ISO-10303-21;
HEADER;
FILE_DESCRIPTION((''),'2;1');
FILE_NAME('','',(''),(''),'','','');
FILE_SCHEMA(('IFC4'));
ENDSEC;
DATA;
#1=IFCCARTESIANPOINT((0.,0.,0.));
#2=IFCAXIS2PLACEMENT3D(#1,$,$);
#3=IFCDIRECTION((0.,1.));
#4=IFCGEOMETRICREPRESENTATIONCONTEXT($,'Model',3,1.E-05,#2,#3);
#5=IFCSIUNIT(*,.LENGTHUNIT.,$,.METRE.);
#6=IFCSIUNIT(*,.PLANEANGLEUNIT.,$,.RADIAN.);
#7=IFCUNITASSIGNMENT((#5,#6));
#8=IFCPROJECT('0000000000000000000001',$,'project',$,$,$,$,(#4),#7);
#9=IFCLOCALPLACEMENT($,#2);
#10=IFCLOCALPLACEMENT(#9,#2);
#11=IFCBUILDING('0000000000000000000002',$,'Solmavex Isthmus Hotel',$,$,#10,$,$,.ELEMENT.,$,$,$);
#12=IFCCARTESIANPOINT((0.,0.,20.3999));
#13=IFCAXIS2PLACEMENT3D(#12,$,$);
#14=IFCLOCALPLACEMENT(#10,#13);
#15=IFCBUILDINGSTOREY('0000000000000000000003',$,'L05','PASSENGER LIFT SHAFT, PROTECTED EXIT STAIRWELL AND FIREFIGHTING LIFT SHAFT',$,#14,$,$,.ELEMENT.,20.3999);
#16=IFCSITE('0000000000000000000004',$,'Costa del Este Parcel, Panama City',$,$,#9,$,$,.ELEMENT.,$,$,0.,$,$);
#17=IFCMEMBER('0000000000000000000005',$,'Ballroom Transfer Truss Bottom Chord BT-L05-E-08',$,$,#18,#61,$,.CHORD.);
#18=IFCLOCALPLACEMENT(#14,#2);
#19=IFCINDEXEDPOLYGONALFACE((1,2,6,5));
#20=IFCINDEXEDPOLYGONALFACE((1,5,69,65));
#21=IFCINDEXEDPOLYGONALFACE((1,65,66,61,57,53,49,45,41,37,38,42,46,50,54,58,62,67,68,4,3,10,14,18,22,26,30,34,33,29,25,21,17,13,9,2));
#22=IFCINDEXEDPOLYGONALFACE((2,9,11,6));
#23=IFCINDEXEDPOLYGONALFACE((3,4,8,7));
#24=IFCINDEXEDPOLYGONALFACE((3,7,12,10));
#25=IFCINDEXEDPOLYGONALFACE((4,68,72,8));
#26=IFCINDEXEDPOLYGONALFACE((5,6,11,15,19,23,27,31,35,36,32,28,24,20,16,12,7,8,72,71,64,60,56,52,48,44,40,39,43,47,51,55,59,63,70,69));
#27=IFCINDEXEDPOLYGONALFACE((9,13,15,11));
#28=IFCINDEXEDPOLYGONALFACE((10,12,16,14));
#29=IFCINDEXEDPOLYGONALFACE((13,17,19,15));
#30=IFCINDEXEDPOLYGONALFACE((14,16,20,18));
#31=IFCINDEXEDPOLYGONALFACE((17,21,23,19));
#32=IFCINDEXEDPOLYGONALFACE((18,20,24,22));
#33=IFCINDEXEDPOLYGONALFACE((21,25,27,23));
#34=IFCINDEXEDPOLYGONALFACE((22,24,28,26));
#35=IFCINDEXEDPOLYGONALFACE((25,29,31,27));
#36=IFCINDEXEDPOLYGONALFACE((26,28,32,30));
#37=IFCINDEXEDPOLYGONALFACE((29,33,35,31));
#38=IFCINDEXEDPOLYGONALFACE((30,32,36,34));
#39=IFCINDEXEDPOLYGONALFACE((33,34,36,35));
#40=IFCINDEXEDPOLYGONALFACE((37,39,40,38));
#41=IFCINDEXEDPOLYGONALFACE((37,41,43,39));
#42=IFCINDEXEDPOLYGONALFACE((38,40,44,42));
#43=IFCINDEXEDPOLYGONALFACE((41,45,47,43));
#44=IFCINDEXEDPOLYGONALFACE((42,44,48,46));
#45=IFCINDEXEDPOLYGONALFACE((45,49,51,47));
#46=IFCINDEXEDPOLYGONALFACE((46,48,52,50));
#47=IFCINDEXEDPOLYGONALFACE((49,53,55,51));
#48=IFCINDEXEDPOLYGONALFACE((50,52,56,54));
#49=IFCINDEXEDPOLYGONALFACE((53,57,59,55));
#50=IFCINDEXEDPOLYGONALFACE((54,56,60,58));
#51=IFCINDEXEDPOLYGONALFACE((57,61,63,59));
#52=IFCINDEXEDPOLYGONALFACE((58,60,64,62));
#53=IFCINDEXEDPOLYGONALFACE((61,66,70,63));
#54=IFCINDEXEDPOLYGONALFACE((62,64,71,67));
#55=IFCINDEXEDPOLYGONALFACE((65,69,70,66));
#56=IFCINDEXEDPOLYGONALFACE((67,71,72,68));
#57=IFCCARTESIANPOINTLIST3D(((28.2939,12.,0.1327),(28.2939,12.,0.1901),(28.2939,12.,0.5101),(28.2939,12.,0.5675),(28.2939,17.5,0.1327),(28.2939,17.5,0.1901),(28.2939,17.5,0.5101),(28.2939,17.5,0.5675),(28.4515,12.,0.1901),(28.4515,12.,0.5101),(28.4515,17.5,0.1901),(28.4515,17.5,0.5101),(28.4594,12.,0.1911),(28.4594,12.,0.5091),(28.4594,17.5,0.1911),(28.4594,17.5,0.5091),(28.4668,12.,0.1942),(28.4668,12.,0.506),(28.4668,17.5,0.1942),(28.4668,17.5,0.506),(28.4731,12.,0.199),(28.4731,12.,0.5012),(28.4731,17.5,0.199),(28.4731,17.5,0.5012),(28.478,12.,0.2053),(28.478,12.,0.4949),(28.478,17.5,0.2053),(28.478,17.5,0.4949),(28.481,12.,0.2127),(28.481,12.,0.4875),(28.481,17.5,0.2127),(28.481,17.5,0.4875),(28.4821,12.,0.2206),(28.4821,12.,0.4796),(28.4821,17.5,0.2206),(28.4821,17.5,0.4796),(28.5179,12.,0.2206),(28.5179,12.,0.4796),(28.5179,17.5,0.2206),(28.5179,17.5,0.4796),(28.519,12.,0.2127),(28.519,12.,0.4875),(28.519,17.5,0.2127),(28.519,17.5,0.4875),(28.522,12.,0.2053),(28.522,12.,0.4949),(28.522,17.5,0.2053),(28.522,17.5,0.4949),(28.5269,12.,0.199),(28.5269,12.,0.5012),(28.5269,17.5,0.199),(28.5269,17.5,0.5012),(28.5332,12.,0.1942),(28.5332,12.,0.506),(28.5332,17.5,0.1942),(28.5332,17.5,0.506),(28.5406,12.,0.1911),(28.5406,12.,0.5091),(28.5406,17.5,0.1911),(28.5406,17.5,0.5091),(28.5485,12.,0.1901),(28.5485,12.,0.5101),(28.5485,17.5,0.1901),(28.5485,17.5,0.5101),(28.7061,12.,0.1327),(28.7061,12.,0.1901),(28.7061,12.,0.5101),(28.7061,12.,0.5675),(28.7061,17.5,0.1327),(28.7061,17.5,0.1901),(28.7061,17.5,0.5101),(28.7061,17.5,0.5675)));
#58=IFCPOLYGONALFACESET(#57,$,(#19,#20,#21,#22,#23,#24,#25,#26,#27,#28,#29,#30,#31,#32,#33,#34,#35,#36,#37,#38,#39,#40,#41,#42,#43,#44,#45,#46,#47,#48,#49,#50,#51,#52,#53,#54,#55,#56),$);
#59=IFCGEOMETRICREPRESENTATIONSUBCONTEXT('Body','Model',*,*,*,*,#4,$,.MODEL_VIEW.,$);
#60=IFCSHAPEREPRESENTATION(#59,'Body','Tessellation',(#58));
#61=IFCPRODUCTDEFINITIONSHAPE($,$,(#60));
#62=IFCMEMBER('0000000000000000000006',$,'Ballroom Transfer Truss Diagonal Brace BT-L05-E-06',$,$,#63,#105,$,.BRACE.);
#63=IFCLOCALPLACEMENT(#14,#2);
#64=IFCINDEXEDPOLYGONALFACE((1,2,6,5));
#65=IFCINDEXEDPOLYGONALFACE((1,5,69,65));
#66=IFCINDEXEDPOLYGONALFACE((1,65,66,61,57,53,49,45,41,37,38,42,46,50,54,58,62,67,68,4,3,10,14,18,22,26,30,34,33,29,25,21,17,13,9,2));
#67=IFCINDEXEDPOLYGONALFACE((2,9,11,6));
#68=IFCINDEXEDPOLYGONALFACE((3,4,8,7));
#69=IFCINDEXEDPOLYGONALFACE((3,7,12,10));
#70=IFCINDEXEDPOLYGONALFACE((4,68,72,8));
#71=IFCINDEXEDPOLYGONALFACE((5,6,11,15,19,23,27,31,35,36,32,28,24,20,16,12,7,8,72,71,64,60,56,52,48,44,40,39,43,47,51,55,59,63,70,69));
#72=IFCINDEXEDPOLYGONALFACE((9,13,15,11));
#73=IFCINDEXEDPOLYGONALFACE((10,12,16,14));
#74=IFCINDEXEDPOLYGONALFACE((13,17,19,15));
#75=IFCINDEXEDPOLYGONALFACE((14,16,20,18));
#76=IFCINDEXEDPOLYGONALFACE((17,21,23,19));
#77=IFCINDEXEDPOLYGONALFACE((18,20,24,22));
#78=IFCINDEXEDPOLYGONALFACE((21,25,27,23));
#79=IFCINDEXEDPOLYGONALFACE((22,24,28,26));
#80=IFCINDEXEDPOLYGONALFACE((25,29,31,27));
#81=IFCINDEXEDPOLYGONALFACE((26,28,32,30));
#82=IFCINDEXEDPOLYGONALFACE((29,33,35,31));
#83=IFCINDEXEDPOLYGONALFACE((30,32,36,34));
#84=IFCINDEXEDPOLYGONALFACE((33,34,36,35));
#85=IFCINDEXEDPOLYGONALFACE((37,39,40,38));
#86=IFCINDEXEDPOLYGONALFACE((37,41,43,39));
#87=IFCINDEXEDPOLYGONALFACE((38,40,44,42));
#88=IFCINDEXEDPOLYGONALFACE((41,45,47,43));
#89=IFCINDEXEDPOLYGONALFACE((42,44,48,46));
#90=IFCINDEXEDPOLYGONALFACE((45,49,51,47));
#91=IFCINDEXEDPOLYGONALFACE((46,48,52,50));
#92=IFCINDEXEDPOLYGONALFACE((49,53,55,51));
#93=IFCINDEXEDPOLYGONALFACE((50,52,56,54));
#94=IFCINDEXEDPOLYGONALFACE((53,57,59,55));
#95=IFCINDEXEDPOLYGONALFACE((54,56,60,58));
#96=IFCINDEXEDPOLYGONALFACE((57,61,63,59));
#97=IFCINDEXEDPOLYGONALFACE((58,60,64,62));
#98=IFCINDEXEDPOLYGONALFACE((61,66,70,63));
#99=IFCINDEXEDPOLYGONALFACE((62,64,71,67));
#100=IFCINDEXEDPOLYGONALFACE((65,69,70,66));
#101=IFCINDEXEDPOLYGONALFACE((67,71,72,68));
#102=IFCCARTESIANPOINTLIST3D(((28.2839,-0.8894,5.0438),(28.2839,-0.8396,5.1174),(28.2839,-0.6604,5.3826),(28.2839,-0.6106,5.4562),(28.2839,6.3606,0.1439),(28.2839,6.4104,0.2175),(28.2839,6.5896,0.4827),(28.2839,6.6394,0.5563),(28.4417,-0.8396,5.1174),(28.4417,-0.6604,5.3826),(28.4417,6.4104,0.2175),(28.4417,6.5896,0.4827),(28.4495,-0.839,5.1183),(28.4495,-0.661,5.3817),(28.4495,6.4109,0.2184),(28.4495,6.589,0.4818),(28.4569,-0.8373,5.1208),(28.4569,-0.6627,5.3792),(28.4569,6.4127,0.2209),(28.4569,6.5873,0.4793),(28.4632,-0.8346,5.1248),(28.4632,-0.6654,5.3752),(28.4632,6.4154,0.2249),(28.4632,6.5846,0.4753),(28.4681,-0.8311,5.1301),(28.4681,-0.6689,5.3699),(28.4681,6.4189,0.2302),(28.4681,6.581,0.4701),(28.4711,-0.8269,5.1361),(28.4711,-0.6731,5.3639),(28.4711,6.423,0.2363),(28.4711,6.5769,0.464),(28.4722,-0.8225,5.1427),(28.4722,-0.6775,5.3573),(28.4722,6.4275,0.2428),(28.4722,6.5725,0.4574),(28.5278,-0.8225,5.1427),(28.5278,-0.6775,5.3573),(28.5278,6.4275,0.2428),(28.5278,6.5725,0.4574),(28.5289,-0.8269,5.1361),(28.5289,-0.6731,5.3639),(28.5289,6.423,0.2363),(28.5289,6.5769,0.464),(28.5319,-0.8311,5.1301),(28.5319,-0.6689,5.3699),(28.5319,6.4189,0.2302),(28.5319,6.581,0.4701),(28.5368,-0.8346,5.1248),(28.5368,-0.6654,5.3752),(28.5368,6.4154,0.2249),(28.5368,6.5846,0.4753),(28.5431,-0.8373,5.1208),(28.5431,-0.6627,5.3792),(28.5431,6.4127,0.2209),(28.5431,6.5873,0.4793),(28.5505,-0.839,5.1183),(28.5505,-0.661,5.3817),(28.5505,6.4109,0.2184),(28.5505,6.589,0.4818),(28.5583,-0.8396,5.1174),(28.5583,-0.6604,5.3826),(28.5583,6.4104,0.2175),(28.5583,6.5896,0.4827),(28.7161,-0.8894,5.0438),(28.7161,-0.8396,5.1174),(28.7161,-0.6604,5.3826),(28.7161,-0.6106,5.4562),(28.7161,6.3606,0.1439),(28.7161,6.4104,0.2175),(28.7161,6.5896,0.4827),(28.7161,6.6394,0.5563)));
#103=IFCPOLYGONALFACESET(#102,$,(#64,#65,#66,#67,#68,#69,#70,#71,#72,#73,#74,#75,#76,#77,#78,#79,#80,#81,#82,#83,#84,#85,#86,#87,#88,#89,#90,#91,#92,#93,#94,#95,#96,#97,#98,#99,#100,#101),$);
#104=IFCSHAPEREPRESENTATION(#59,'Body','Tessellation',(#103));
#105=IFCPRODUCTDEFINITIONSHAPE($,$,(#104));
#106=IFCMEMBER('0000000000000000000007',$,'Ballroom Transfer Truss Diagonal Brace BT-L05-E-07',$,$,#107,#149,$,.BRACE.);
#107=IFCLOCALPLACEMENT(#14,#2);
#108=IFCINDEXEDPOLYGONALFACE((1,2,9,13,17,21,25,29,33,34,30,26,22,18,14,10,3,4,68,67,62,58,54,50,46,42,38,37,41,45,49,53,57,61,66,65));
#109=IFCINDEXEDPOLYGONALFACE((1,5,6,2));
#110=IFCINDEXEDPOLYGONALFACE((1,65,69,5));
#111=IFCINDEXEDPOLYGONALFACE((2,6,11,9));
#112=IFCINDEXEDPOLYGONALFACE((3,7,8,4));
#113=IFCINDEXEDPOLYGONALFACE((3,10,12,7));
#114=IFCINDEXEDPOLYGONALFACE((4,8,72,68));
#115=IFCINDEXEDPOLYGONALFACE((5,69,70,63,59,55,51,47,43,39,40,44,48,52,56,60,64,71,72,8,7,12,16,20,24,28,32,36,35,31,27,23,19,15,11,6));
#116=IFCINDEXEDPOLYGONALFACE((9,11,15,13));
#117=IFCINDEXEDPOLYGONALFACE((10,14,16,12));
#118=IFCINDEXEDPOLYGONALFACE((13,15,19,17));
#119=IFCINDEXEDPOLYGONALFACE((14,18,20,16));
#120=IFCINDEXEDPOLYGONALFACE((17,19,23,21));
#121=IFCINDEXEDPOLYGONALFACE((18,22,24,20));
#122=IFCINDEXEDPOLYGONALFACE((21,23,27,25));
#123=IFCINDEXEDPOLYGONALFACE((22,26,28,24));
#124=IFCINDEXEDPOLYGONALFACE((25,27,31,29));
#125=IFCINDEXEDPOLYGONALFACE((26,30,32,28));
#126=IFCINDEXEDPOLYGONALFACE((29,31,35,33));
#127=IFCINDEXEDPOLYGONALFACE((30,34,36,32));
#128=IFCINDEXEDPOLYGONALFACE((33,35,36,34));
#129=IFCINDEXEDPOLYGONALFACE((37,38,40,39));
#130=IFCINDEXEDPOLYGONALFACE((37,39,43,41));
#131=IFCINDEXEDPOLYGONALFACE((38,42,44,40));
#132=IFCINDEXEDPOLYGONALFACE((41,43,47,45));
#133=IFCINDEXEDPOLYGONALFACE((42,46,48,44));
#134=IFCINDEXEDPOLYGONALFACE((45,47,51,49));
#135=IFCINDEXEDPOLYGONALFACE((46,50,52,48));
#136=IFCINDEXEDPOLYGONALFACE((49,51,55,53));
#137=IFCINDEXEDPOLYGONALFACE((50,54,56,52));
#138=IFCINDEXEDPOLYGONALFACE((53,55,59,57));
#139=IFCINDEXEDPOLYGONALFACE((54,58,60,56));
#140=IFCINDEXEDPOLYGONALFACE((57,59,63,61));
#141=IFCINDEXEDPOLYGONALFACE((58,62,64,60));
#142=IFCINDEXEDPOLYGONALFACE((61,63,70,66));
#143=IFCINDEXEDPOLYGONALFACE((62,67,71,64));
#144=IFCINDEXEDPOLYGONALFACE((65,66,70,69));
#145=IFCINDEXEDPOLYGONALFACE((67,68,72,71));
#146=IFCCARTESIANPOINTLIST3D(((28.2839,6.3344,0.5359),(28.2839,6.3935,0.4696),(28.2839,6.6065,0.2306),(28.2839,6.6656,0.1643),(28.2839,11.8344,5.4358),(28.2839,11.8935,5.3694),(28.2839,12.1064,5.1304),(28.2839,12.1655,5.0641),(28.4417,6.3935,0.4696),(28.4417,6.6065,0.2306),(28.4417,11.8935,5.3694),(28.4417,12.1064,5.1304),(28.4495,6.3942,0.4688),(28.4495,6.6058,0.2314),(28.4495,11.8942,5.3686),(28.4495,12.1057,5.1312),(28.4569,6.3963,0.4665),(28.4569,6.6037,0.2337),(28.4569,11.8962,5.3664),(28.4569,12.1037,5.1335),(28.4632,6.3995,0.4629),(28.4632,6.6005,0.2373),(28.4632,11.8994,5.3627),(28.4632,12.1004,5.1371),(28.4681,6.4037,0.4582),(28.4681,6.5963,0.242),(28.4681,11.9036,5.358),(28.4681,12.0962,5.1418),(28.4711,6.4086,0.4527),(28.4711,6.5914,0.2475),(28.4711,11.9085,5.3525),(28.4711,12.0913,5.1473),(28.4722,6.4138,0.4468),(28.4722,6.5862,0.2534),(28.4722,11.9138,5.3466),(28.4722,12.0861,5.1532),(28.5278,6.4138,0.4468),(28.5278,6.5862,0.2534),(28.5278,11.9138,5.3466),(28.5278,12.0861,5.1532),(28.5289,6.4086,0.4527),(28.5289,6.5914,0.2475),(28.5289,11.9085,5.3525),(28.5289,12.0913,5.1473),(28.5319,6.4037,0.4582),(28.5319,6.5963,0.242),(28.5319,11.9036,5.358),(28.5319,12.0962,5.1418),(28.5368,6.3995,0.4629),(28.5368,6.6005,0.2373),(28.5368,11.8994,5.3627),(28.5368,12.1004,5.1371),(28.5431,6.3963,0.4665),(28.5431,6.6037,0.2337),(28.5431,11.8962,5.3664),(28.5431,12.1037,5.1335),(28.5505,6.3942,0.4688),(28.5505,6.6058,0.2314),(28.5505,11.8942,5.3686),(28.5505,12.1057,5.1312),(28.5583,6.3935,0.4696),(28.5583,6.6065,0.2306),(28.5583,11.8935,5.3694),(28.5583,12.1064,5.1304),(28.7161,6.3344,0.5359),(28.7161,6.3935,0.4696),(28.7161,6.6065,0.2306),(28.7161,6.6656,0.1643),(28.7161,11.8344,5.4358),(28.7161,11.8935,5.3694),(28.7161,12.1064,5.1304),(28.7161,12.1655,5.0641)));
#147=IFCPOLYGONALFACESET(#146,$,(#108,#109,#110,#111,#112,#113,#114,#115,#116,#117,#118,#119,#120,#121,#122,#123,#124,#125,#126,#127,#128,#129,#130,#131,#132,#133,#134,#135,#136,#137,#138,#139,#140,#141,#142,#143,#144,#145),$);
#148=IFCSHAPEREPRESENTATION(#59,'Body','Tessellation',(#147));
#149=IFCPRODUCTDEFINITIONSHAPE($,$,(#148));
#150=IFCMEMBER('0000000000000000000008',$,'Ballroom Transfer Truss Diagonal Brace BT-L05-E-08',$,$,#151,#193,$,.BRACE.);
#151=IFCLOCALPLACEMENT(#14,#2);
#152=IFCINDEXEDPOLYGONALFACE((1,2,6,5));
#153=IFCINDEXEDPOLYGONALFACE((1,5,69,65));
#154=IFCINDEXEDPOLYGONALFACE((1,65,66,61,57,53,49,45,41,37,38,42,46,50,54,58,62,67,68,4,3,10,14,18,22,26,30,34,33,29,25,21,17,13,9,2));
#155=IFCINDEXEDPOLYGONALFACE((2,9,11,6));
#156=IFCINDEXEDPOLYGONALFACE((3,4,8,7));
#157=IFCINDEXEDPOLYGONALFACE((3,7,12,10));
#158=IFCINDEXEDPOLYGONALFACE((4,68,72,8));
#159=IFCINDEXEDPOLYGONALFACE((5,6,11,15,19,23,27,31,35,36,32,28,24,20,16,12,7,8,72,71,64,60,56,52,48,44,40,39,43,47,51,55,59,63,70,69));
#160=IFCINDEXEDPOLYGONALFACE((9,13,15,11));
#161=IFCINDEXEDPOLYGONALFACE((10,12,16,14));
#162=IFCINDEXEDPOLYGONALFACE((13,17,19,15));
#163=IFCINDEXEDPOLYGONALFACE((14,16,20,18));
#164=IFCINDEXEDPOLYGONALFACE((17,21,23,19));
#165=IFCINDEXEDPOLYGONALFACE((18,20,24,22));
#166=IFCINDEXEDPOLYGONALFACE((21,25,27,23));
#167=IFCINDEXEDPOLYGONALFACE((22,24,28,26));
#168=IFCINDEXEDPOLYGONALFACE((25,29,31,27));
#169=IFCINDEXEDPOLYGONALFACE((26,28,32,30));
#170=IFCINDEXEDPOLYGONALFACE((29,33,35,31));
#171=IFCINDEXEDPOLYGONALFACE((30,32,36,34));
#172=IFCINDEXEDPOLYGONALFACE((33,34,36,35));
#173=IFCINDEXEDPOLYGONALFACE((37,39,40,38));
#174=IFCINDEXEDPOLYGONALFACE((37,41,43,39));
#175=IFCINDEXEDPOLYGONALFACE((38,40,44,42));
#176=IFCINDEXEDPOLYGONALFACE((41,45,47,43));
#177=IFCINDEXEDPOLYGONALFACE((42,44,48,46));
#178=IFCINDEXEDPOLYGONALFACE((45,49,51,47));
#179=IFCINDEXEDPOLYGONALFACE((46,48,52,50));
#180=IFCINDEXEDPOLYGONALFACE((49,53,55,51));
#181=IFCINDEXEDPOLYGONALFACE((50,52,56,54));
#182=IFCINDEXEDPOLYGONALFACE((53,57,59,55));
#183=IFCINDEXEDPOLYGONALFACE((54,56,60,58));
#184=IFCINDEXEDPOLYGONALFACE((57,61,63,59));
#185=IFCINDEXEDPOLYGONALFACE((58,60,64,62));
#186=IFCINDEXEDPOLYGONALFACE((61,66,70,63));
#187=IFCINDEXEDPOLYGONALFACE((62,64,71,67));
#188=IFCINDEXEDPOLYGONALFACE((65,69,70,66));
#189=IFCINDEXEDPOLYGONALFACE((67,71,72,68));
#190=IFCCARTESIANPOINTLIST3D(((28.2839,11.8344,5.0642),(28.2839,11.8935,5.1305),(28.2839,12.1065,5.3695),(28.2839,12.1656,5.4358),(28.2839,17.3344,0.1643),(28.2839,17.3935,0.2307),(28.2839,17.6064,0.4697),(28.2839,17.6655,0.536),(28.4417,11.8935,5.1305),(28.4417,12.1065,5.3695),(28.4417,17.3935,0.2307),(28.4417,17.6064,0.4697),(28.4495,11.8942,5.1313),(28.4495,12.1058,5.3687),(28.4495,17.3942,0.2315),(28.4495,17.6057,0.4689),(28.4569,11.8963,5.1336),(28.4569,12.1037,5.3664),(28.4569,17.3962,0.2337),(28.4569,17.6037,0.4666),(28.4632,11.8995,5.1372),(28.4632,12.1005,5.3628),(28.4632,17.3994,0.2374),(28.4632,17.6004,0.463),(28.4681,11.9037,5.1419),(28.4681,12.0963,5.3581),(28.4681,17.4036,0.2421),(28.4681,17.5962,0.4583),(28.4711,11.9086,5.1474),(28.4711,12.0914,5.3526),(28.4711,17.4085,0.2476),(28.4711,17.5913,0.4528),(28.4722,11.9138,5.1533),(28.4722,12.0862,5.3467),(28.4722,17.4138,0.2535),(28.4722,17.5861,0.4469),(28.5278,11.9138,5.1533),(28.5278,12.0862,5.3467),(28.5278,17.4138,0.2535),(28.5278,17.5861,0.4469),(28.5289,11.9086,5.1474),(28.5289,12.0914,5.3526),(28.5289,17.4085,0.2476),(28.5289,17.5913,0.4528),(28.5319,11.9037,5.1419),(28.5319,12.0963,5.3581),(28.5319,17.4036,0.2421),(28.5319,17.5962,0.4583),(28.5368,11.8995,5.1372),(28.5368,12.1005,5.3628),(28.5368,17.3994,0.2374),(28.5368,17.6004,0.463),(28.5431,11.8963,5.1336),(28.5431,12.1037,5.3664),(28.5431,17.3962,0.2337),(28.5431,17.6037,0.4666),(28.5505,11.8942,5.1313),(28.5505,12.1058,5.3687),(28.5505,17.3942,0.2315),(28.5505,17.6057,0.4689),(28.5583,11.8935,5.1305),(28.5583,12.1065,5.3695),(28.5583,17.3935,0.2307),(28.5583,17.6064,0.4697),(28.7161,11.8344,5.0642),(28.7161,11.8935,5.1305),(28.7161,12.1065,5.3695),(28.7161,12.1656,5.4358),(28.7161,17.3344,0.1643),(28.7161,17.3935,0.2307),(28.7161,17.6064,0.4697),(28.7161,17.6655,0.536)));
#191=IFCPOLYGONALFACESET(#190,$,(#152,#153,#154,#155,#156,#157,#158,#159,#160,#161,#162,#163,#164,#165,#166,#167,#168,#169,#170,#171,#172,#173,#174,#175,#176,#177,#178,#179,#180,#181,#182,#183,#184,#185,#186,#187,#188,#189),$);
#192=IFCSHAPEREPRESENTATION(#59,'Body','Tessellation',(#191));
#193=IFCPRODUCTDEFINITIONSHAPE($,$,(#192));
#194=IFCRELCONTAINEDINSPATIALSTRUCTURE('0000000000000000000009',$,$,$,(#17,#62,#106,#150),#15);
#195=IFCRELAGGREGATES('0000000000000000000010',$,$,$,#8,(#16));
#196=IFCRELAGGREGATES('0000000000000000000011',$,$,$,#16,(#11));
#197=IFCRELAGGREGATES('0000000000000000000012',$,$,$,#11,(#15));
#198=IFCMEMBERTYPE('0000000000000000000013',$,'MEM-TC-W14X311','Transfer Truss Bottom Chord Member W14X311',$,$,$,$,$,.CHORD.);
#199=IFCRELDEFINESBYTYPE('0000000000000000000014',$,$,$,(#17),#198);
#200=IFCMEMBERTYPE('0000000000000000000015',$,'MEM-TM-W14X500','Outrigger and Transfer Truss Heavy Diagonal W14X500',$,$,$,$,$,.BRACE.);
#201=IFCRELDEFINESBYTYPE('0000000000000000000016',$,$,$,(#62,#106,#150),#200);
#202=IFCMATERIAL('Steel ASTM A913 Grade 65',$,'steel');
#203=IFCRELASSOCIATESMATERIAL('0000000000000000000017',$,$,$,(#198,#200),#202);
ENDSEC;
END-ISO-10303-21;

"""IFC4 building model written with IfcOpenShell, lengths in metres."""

from ifc_helpers import new_model, si_unit, direction, frame, origin, origin_2d, place, context, subcontext, project, spatial, i_section, extrude, material, material_profile, profile_set, type_object, element, save


model = new_model("IFC4")

# Units and contexts
model_context = context("Model", 3, precision=1e-05, world=origin(), true_north=direction((0.0, 1.0)))
body_context = subcontext(model_context, "Body", "Model", "MODEL_VIEW")
ifc_project = project(units=[si_unit("LENGTHUNIT", "METRE"), si_unit("PLANEANGLEUNIT", "RADIAN")], contexts=[model_context])

# Site, building, storey
site_placement = place(None, origin())
site = spatial("IfcSite", under=ifc_project, at=site_placement, Name="Costa del Este Parcel, Panama City", CompositionType="ELEMENT", RefElevation=0.0)
building_placement = place(site_placement, origin())
building = spatial("IfcBuilding", under=site, at=building_placement, Name="Solmavex Isthmus Hotel", CompositionType="ELEMENT")
storey_placement = place(building_placement, frame((0.0, 0.0, 20.3999)))
storey = spatial("IfcBuildingStorey", under=building, at=storey_placement, Name="L05", Description="PASSENGER LIFT SHAFT, PROTECTED EXIT STAIRWELL AND FIREFIGHTING LIFT SHAFT", CompositionType="ELEMENT", Elevation=20.3999)

# Members
ifc_material_1 = material(Name="Steel ASTM A913 Grade 65", Category="steel")
ifc_material_profile_1 = material_profile(ifc_material_1, i_section(OverallWidth=0.4121, OverallDepth=0.4348, WebThickness=0.0359, FlangeThickness=0.0574, FilletRadius=0.0305, at=origin_2d()), Name="W14X311")
ifc_profile_set_1 = profile_set([ifc_material_profile_1], Name="Steel ASTM A913 Grade 65")
member_type_1 = type_object("IfcMemberType", Name="MEM-TC-W14X311", Description="Transfer Truss Bottom Chord Member W14X311", PredefinedType="CHORD", material=ifc_profile_set_1)
for number, where, z_axis, x_axis, name in (
    (1, (28.5, 12.0, 0.3501), (0.0, 1.0, 0.0), (-1.0, 0.0, 0.0), "Ballroom Transfer Truss Bottom Chord BT-L05-E-08"),
):
    element("IfcMember", number, at=place(storey_placement, frame(where, z_axis=z_axis, x_axis=x_axis)), inside=storey, type_object=member_type_1, Name=name, PredefinedType="CHORD", context=body_context, shape_type="SweptSolid", body=[
        extrude(i_section(OverallWidth=0.4121, OverallDepth=0.4348, WebThickness=0.0359, FlangeThickness=0.0574, FilletRadius=0.0305, at=origin_2d()), origin(), (0.0, 0.0, 1.0), 5.5),
    ])
ifc_material_profile_2 = material_profile(ifc_material_1, i_section(OverallWidth=0.4321, OverallDepth=0.4978, WebThickness=0.0557, FlangeThickness=0.0889, FilletRadius=0.0305, at=origin_2d()), Name="W14X500")
ifc_profile_set_2 = profile_set([ifc_material_profile_2], Name="Steel ASTM A913 Grade 65")
member_type_2 = type_object("IfcMemberType", Name="MEM-TM-W14X500", Description="Outrigger and Transfer Truss Heavy Diagonal W14X500", PredefinedType="BRACE", material=ifc_profile_set_2)
member_1_placement = place(storey_placement, frame((28.5, -0.75, 5.25), z_axis=(0.0, 0.828523, -0.559956), x_axis=(-1.0, 0.0, 0.0)))
element("IfcMember", 2, at=member_1_placement, inside=storey, type_object=member_type_2, Name="Ballroom Transfer Truss Diagonal Brace BT-L05-E-06", PredefinedType="BRACE", context=body_context, shape_type="SweptSolid", body=[
    extrude(i_section(OverallWidth=0.4321, OverallDepth=0.4978, WebThickness=0.0557, FlangeThickness=0.0889, FilletRadius=0.0305, at=origin_2d()), origin(), (0.0, 0.0, 1.0), 8.7505),
])
for number, where, z_axis, x_axis, name in (
    (3, (28.5, 6.5, 0.3501), (0.0, 0.746666, 0.665199), (-1.0, 0.0, 0.0), "Ballroom Transfer Truss Diagonal Brace BT-L05-E-07"),
    (4, (28.5, 12.0, 5.25), (0.0, 0.746666, -0.665199), (-1.0, 0.0, 0.0), "Ballroom Transfer Truss Diagonal Brace BT-L05-E-08"),
):
    element("IfcMember", number, at=place(storey_placement, frame(where, z_axis=z_axis, x_axis=x_axis)), inside=storey, type_object=member_type_2, Name=name, PredefinedType="BRACE", context=body_context, shape_type="SweptSolid", body=[
        extrude(i_section(OverallWidth=0.4321, OverallDepth=0.4978, WebThickness=0.0557, FlangeThickness=0.0889, FilletRadius=0.0305, at=origin_2d()), origin(), (0.0, 0.0, 1.0), 7.366),
    ])

save(model, "model.ifc")
